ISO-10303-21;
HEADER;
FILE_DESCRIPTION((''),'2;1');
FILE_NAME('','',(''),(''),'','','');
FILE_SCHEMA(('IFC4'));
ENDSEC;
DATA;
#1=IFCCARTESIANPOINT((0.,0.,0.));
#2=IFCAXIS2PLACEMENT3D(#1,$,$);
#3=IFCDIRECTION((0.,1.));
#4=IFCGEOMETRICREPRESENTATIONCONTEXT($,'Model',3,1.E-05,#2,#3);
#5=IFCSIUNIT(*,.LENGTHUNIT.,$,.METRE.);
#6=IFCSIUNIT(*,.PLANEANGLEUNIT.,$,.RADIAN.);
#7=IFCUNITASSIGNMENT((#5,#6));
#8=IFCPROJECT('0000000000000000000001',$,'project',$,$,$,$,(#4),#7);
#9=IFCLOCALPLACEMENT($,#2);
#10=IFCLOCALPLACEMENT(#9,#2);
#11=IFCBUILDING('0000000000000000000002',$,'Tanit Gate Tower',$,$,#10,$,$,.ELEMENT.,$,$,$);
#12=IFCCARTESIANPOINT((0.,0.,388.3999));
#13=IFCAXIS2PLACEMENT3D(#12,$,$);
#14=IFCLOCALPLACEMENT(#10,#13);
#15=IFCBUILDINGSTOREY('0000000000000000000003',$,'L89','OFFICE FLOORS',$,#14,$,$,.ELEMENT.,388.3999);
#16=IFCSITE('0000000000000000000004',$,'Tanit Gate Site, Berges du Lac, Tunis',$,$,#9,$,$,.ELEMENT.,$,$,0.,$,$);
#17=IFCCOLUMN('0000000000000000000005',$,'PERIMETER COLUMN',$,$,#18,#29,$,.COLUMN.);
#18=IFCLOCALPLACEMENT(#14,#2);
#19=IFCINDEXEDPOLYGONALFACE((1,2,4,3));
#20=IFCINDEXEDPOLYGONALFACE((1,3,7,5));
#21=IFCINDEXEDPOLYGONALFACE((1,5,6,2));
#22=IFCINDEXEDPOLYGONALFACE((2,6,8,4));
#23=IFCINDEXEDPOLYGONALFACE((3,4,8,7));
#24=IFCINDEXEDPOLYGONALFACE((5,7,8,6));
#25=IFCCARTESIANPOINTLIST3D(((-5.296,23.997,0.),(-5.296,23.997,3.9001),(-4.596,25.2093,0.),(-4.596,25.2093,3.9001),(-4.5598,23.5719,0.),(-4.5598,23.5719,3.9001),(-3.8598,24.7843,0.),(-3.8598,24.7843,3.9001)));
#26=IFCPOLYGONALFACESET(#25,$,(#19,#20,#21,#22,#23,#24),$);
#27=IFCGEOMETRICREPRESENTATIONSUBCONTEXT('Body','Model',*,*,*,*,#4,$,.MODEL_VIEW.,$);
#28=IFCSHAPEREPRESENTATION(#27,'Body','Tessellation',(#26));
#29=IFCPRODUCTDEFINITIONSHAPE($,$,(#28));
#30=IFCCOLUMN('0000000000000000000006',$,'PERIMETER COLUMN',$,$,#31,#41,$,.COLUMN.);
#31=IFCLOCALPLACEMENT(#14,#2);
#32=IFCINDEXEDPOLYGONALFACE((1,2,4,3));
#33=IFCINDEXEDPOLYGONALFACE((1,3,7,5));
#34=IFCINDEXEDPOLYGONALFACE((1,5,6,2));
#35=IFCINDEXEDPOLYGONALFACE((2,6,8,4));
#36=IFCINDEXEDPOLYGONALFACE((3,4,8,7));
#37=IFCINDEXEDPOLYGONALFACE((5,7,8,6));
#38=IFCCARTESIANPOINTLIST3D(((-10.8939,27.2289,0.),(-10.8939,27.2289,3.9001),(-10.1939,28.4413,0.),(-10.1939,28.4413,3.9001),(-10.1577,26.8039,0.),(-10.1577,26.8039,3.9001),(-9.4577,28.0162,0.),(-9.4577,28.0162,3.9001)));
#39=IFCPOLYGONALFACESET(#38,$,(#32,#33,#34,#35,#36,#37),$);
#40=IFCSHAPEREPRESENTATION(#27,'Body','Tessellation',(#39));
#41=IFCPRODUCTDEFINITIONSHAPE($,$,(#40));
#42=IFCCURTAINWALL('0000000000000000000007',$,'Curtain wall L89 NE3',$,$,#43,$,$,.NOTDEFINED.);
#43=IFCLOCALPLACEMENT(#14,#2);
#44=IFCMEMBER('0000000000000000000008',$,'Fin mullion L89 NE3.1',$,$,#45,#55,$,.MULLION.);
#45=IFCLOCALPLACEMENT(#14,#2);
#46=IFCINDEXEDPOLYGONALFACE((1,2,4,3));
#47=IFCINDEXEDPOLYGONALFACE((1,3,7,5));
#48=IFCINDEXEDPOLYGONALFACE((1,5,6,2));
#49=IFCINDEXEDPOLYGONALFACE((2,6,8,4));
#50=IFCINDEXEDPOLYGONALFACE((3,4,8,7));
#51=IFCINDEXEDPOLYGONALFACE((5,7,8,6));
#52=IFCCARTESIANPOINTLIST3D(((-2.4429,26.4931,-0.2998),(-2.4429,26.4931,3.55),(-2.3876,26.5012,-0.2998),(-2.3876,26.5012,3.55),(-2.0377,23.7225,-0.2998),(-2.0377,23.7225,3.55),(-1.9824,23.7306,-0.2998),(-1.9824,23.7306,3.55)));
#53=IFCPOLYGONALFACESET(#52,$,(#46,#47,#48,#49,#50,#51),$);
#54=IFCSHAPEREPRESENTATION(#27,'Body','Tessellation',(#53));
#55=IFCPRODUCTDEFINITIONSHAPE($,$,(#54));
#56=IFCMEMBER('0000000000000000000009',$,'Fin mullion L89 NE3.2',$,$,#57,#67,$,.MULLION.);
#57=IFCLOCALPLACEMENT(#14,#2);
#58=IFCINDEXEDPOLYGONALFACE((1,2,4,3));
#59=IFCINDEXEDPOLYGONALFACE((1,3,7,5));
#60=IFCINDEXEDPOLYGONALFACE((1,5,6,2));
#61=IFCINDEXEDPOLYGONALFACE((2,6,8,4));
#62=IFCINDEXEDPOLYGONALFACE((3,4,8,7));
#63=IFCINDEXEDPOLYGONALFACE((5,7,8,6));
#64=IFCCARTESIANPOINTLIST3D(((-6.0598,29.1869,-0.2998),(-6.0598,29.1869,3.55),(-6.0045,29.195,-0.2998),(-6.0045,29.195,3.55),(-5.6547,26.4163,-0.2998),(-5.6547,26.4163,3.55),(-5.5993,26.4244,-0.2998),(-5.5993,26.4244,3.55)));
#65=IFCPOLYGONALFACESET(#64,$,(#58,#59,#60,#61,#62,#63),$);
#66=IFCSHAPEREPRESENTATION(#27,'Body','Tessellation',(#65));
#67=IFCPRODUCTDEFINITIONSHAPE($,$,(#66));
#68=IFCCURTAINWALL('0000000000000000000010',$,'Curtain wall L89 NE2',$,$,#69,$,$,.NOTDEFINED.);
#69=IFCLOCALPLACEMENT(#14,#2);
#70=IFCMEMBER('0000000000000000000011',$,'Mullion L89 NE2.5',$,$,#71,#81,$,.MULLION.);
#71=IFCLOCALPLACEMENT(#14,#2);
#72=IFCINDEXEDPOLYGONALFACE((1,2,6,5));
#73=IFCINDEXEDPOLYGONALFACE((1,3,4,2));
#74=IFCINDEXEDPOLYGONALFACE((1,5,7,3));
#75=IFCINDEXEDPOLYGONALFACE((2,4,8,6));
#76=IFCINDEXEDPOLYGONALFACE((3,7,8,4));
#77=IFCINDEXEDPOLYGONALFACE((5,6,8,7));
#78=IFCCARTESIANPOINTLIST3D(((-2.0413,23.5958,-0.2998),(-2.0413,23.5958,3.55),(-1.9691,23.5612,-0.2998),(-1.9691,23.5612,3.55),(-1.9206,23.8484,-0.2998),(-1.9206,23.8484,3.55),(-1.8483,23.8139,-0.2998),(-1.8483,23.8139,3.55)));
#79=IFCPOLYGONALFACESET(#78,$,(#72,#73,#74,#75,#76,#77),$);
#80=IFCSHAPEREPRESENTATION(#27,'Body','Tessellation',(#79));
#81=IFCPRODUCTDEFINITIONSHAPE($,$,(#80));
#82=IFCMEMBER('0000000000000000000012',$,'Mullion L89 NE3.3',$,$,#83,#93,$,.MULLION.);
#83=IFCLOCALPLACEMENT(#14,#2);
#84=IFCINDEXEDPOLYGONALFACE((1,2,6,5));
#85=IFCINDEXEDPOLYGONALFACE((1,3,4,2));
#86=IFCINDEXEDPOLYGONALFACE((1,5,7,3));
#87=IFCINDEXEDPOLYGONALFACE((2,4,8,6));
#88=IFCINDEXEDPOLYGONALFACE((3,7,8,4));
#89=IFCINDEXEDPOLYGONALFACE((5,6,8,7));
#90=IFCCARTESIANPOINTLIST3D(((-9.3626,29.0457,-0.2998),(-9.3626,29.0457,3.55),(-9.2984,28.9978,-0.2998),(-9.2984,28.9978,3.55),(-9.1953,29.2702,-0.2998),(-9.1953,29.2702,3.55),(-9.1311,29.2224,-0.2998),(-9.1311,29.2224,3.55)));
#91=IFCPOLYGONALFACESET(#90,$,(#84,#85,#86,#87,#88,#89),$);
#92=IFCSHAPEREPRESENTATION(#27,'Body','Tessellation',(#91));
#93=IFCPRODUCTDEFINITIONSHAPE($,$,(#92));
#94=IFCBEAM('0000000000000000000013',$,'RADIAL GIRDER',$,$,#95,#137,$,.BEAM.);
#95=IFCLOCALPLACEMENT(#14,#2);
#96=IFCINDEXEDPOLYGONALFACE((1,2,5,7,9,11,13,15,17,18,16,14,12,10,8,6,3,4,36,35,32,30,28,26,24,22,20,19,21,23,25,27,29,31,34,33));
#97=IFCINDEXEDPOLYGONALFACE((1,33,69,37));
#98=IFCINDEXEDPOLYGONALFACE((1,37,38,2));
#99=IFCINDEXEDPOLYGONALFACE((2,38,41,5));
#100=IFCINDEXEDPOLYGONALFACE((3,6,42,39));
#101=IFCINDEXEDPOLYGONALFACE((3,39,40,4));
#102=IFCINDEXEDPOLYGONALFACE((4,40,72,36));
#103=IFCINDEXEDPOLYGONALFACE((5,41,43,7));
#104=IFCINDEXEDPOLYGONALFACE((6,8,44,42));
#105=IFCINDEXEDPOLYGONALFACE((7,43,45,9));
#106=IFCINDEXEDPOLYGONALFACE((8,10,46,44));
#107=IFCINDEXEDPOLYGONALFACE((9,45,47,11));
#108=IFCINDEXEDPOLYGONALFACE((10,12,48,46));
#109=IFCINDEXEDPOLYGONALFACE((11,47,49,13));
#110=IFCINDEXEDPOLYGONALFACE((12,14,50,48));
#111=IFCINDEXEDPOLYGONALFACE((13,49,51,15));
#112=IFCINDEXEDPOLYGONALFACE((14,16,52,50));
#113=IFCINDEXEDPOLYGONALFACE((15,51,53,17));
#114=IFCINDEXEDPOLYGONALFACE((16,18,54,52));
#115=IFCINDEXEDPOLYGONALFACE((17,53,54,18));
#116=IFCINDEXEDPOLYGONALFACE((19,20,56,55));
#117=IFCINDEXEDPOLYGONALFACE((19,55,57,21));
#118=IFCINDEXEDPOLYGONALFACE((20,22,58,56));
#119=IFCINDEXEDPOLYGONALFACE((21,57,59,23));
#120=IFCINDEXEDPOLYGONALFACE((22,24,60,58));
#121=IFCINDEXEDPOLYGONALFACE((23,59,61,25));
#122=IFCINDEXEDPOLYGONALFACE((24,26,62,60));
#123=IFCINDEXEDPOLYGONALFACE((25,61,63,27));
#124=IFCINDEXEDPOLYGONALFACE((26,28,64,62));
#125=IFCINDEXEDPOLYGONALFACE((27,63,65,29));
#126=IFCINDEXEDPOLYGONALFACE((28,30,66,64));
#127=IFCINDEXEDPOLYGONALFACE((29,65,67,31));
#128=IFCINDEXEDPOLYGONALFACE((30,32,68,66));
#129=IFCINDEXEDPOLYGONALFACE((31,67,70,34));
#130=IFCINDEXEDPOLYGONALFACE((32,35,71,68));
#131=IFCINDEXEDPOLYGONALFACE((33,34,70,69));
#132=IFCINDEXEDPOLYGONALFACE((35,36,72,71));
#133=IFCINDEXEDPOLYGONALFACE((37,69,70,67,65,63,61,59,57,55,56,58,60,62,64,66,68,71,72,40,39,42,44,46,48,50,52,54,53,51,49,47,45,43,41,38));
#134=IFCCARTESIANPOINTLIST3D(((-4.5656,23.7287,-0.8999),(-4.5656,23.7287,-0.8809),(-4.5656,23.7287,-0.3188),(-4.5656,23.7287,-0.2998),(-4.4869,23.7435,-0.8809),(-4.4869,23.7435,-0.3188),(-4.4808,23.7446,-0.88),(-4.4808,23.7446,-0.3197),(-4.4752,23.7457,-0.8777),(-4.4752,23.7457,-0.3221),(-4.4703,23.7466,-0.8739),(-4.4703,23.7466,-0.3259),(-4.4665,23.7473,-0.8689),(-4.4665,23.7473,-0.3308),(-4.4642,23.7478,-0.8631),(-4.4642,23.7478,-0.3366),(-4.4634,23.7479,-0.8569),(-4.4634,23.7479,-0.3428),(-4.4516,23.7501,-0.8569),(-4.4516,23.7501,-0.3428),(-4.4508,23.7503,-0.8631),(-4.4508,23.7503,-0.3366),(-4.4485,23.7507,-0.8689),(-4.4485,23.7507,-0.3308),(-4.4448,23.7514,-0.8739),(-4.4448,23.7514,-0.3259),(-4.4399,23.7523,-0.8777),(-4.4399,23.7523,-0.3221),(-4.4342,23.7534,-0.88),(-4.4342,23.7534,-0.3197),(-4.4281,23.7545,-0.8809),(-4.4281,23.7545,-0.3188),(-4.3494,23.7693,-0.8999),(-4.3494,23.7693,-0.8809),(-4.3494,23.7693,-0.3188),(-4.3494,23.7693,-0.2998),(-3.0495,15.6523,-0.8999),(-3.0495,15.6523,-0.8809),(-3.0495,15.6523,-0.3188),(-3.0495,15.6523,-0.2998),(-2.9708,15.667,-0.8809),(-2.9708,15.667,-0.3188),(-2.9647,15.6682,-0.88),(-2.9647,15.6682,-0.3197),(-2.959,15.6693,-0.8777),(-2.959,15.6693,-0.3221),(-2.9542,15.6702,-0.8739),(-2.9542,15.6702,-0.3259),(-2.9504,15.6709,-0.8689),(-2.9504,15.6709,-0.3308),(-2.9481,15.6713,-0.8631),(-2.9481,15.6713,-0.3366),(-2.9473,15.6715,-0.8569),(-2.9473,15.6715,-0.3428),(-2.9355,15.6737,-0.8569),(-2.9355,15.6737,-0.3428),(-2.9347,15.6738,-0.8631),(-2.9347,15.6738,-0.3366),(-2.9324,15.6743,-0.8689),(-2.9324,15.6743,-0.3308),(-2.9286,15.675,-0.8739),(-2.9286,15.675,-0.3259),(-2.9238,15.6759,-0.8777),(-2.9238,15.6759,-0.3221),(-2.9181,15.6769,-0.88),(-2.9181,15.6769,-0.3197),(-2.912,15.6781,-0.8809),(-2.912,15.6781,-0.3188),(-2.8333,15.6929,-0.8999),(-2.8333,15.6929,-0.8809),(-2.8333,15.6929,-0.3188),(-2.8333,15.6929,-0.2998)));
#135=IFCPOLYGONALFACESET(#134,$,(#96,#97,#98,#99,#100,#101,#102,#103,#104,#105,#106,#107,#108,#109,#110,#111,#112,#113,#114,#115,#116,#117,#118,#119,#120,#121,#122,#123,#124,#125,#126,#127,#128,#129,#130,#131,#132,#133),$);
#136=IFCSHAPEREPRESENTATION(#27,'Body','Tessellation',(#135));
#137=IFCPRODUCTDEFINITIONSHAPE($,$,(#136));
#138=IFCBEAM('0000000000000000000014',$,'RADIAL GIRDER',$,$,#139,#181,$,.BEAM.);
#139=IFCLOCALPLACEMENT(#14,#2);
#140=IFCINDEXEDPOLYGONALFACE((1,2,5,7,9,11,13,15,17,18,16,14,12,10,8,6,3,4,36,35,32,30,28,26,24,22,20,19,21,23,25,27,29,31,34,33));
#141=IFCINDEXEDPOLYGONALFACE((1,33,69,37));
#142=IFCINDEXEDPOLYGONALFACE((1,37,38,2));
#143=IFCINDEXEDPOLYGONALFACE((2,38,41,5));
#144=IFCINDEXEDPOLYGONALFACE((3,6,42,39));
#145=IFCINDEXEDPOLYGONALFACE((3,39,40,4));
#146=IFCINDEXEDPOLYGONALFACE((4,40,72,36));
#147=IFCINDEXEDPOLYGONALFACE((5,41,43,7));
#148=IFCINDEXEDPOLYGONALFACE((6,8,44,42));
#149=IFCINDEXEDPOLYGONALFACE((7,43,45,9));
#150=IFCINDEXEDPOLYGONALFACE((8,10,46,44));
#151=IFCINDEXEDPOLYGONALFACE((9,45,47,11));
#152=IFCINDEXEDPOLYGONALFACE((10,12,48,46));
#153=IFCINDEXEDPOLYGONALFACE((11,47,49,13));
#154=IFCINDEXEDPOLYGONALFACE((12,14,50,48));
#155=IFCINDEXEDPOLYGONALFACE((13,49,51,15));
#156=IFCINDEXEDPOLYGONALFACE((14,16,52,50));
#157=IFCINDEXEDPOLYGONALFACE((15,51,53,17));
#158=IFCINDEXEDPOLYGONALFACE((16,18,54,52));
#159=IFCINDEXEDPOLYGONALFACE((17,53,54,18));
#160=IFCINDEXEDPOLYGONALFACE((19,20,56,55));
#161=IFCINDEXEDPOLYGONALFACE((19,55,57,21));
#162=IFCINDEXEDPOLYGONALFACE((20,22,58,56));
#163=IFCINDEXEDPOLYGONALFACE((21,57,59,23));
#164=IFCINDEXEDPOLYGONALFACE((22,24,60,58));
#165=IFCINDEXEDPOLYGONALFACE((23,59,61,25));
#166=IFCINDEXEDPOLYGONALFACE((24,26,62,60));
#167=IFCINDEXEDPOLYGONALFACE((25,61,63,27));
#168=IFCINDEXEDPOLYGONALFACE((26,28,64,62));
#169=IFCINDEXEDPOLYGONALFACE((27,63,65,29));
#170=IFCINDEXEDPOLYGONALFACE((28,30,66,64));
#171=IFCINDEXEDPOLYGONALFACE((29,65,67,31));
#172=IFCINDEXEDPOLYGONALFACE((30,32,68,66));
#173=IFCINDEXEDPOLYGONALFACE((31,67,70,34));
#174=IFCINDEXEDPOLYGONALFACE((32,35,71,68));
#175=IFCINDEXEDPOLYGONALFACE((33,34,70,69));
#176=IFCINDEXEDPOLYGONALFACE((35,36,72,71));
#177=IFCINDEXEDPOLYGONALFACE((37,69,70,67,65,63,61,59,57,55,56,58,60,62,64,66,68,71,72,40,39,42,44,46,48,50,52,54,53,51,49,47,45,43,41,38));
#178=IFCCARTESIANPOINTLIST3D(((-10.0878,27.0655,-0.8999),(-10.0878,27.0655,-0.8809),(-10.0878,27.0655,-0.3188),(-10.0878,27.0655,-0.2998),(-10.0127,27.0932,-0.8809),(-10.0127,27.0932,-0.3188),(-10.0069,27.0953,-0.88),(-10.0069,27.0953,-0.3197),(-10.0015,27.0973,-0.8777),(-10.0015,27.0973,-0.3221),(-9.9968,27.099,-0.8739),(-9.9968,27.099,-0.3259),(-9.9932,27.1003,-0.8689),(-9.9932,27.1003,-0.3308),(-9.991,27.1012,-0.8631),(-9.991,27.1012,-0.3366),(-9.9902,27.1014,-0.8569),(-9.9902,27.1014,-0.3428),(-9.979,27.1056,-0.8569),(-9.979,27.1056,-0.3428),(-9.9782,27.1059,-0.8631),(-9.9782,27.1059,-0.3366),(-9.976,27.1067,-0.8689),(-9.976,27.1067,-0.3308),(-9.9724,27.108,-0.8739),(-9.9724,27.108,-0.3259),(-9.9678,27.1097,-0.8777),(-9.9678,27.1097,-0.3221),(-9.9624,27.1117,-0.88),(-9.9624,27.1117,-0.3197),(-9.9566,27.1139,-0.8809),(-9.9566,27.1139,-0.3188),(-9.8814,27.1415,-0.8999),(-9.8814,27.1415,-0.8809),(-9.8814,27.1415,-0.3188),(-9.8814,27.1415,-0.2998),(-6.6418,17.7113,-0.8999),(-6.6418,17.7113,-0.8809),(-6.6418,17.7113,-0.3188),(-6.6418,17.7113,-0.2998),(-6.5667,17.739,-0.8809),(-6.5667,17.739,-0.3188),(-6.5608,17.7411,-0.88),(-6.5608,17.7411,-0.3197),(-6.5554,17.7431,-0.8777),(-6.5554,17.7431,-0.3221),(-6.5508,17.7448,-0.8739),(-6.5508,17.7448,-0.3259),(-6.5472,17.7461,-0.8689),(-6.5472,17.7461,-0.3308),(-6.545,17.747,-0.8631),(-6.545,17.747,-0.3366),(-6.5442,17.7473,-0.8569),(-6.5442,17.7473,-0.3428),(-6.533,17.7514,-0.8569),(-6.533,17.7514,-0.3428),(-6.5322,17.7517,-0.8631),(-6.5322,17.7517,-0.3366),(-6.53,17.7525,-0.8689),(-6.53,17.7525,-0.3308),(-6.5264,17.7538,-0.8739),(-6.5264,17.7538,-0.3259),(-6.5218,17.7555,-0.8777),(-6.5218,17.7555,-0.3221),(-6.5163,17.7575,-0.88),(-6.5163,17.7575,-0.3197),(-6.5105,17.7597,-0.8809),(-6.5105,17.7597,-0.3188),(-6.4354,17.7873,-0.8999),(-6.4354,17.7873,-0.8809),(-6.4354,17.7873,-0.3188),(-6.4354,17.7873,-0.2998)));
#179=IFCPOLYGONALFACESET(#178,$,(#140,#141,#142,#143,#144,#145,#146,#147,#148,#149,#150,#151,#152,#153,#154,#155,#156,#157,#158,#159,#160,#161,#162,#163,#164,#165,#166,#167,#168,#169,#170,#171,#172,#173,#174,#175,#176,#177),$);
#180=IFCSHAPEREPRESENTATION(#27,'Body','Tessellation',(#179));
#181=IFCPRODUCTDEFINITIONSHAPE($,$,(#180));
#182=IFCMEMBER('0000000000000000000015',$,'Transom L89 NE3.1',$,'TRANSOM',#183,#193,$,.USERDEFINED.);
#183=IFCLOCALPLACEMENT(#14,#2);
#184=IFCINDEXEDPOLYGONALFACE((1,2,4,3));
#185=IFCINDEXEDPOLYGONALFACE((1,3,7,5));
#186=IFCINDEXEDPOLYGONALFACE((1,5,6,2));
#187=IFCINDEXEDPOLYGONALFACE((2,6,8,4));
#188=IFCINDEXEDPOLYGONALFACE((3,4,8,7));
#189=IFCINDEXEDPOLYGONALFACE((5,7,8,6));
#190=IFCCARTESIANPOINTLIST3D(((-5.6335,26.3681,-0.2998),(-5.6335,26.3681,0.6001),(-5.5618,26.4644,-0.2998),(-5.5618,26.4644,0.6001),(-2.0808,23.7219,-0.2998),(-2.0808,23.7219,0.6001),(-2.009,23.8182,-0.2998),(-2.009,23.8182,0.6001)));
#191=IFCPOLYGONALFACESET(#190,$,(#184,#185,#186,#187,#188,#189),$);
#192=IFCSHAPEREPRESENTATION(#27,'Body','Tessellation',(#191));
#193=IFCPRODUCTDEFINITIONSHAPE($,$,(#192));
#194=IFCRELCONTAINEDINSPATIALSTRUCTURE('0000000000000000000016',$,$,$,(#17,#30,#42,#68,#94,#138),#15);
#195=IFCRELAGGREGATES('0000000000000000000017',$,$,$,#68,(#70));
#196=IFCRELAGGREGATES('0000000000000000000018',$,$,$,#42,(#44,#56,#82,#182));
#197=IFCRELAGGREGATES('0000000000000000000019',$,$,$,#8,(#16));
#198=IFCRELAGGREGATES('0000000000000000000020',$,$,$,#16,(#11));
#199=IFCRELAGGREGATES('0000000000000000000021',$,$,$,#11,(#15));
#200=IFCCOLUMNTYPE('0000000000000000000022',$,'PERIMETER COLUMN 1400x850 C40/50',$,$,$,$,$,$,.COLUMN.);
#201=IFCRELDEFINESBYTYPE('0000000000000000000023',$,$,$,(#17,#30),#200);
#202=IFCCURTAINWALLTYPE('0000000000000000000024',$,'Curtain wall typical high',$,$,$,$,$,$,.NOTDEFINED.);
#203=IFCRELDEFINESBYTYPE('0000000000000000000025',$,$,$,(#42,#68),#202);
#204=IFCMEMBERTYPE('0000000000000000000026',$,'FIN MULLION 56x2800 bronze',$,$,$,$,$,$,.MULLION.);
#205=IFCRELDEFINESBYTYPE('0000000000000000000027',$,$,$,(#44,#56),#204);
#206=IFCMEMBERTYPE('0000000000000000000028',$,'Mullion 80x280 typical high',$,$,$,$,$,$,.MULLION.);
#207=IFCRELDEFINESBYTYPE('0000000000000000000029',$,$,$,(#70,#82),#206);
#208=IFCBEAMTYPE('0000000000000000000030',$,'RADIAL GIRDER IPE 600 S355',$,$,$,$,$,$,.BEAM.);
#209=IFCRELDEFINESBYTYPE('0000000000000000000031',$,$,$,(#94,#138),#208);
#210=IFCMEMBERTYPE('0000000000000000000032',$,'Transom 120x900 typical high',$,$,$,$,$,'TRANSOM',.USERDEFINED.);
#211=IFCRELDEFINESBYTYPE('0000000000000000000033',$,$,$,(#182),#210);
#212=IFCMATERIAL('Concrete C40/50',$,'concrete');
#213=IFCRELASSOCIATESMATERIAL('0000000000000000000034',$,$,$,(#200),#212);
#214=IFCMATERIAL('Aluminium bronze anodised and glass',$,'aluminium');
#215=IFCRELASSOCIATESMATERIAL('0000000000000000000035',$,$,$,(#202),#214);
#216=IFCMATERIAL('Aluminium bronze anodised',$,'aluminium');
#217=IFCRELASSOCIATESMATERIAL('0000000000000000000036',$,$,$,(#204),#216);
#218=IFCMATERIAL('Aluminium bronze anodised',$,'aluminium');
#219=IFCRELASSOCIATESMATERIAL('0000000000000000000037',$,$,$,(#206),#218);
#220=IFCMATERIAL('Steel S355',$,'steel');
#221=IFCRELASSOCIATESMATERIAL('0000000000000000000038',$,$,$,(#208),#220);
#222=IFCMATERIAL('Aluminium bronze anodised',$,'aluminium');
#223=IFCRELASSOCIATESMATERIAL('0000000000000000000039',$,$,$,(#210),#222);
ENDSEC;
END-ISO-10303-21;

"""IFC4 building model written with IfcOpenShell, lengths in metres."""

from ifc_helpers import new_model, si_unit, direction, frame, origin, origin_2d, place, context, subcontext, project, spatial, rectangle, i_section, extrude, material, material_profile, profile_set, type_object, element, aggregate, save


model = new_model("IFC4")

# Units and contexts
model_context = context("Model", 3, precision=1e-05, world=origin(), true_north=direction((0.0, 1.0)))
body_context = subcontext(model_context, "Body", "Model", "MODEL_VIEW")
ifc_project = project(units=[si_unit("LENGTHUNIT", "METRE"), si_unit("PLANEANGLEUNIT", "RADIAN")], contexts=[model_context])

# Site, building, storey
site_placement = place(None, origin())
site = spatial("IfcSite", under=ifc_project, at=site_placement, Name="Tanit Gate Site, Berges du Lac, Tunis", CompositionType="ELEMENT", RefElevation=0.0)
building_placement = place(site_placement, origin())
building = spatial("IfcBuilding", under=site, at=building_placement, Name="Tanit Gate Tower", CompositionType="ELEMENT")
storey_placement = place(building_placement, frame((0.0, 0.0, 388.3999)))
storey = spatial("IfcBuildingStorey", under=building, at=storey_placement, Name="L89", Description="OFFICE FLOORS", CompositionType="ELEMENT", Elevation=388.3999)

# Columns
ifc_material_1 = material(Name="Concrete C40/50", Category="concrete")
ifc_material_profile_1 = material_profile(ifc_material_1, rectangle(XDim=1.3999, YDim=0.8501, at=origin_2d()), Name="RC 1400x850")
ifc_profile_set_1 = profile_set([ifc_material_profile_1], Name="Concrete C40/50")
column_type = type_object("IfcColumnType", Name="PERIMETER COLUMN 1400x850 C40/50", PredefinedType="COLUMN", material=ifc_profile_set_1)
for number, where, z_axis, x_axis, name in (
    (1, (-4.5779, 24.3906, 0.0), (0.0, 0.0, 1.0), (0.5, 0.866025, 0.0), "PERIMETER COLUMN"),
    (2, (-10.1758, 27.6226, 0.0), (0.0, 0.0, 1.0), (0.5, 0.866025, 0.0), "PERIMETER COLUMN"),
):
    element("IfcColumn", number, at=place(storey_placement, frame(where, z_axis=z_axis, x_axis=x_axis)), inside=storey, type_object=column_type, Name=name, PredefinedType="COLUMN", context=body_context, shape_type="SweptSolid", body=[
        extrude(rectangle(XDim=1.3999, YDim=0.8501, at=origin_2d()), origin(), (0.0, 0.0, 1.0), 3.9001),
    ])

# Curtain wall, members
ifc_material_2 = material(Name="Aluminium bronze anodised and glass", Category="aluminium")
curtain_wall_type = type_object("IfcCurtainWallType", Name="Curtain wall typical high", PredefinedType="NOTDEFINED", material=ifc_material_2)
curtain_wall_1_placement = place(storey_placement, origin())
curtain_wall_1 = element("IfcCurtainWall", 3, at=curtain_wall_1_placement, inside=storey, type_object=curtain_wall_type, Name="Curtain wall L89 NE3", PredefinedType="NOTDEFINED")
ifc_material_3 = material(Name="Aluminium bronze anodised", Category="aluminium")
ifc_material_profile_2 = material_profile(ifc_material_3, rectangle(XDim=2.8, YDim=0.0559, at=origin_2d()), Name="56x2800 bronze fin mullion")
ifc_profile_set_2 = profile_set([ifc_material_profile_2], Name="Aluminium bronze anodised")
member_type_1 = type_object("IfcMemberType", Name="FIN MULLION 56x2800 bronze", PredefinedType="MULLION", material=ifc_profile_set_2)
member_1_placement = place(storey_placement, frame((-2.2126, 25.1118, -0.2998), z_axis=(0.0, 0.0, 1.0), x_axis=(0.144707, -0.989474, 0.0)))
member_1 = element("IfcMember", 4, at=member_1_placement, type_object=member_type_1, Name="Fin mullion L89 NE3.1", PredefinedType="MULLION", context=body_context, shape_type="SweptSolid", body=[
    extrude(rectangle(XDim=2.8, YDim=0.0559, at=origin_2d()), origin(), (0.0, 0.0, 1.0), 3.8499),
])
member_2_placement = place(storey_placement, frame((-5.8296, 27.8057, -0.2998), z_axis=(0.0, 0.0, 1.0), x_axis=(0.144707, -0.989474, 0.0)))
member_2 = element("IfcMember", 5, at=member_2_placement, type_object=member_type_1, Name="Fin mullion L89 NE3.2", PredefinedType="MULLION", context=body_context, shape_type="SweptSolid", body=[
    extrude(rectangle(XDim=2.8, YDim=0.0559, at=origin_2d()), origin(), (0.0, 0.0, 1.0), 3.8499),
])

# Curtain wall, member
curtain_wall_2_placement = place(storey_placement, origin())
curtain_wall_2 = element("IfcCurtainWall", 6, at=curtain_wall_2_placement, inside=storey, type_object=curtain_wall_type, Name="Curtain wall L89 NE2", PredefinedType="NOTDEFINED")
ifc_material_4 = material(Name="Aluminium bronze anodised", Category="aluminium")
ifc_material_profile_3 = material_profile(ifc_material_4, rectangle(XDim=0.28, YDim=0.0801, at=origin_2d()), Name="80x280 bronze mullion")
ifc_profile_set_3 = profile_set([ifc_material_profile_3], Name="Aluminium bronze anodised")
member_type_2 = type_object("IfcMemberType", Name="Mullion 80x280 typical high", PredefinedType="MULLION", material=ifc_profile_set_3)
member_3_placement = place(storey_placement, frame((-1.9448, 23.7048, -0.2998), z_axis=(0.0, 0.0, 1.0), x_axis=(-0.431073, -0.902317, 0.0)))
member_3 = element("IfcMember", 7, at=member_3_placement, type_object=member_type_2, Name="Mullion L89 NE2.5", PredefinedType="MULLION", context=body_context, shape_type="SweptSolid", body=[
    extrude(rectangle(XDim=0.28, YDim=0.0801, at=origin_2d()), origin(), (0.0, 0.0, 1.0), 3.8499),
])
aggregate(curtain_wall_2, [member_3])

# Member
member_4_placement = place(storey_placement, frame((-9.2468, 29.134, -0.2998), z_axis=(0.0, 0.0, 1.0), x_axis=(-0.597341, -0.801988, 0.0)))
member_4 = element("IfcMember", 8, at=member_4_placement, type_object=member_type_2, Name="Mullion L89 NE3.3", PredefinedType="MULLION", context=body_context, shape_type="SweptSolid", body=[
    extrude(rectangle(XDim=0.28, YDim=0.0801, at=origin_2d()), origin(), (0.0, 0.0, 1.0), 3.8499),
])

# Beams
ifc_material_5 = material(Name="Steel S355", Category="steel")
ifc_material_profile_4 = material_profile(ifc_material_5, i_section(OverallWidth=0.22, OverallDepth=0.6001, WebThickness=0.012, FlangeThickness=0.019, FilletRadius=0.0239, at=origin_2d()), Name="IPE 600")
ifc_profile_set_4 = profile_set([ifc_material_profile_4], Name="Steel S355")
beam_type = type_object("IfcBeamType", Name="RADIAL GIRDER IPE 600 S355", PredefinedType="BEAM", material=ifc_profile_set_4)
beam_1_placement = place(storey_placement, frame((-4.4575, 23.749, -0.5999), z_axis=(0.184498, -0.982833, 0.0), x_axis=(0.982833, 0.184498, 0.0)))
element("IfcBeam", 9, at=beam_1_placement, inside=storey, type_object=beam_type, Name="RADIAL GIRDER", PredefinedType="BEAM", context=body_context, shape_type="SweptSolid", body=[
    extrude(i_section(OverallWidth=0.22, OverallDepth=0.6001, WebThickness=0.012, FlangeThickness=0.019, FilletRadius=0.0239, at=origin_2d()), origin(), (0.0, 0.0, 1.0), 8.2175),
])
beam_2_placement = place(storey_placement, frame((-9.9846, 27.1035, -0.5999), z_axis=(0.345683, -0.938351, 0.0), x_axis=(0.938351, 0.345683, 0.0)))
element("IfcBeam", 10, at=beam_2_placement, inside=storey, type_object=beam_type, Name="RADIAL GIRDER", PredefinedType="BEAM", context=body_context, shape_type="SweptSolid", body=[
    extrude(i_section(OverallWidth=0.22, OverallDepth=0.6001, WebThickness=0.012, FlangeThickness=0.019, FilletRadius=0.0239, at=origin_2d()), origin(), (0.0, 0.0, 1.0), 9.9688),
])

# Member
ifc_material_6 = material(Name="Aluminium bronze anodised", Category="aluminium")
ifc_material_profile_5 = material_profile(ifc_material_6, rectangle(XDim=0.1201, YDim=0.8999, at=origin_2d()), Name="120x900 bronze transom")
ifc_profile_set_5 = profile_set([ifc_material_profile_5], Name="Aluminium bronze anodised")
member_type_3 = type_object("IfcMemberType", Name="Transom 120x900 typical high", ElementType="TRANSOM", PredefinedType="USERDEFINED", material=ifc_profile_set_5)
member_5_placement = place(storey_placement, frame((-2.0449, 23.77, 0.1501), z_axis=(-0.80198, 0.597351, 0.0), x_axis=(-0.597351, -0.80198, 0.0)))
member_5 = element("IfcMember", 11, at=member_5_placement, type_object=member_type_3, Name="Transom L89 NE3.1", ObjectType="TRANSOM", PredefinedType="USERDEFINED", context=body_context, shape_type="SweptSolid", body=[
    extrude(rectangle(XDim=0.1201, YDim=0.8999, at=origin_2d()), origin(), (0.0, 0.0, 1.0), 4.4299),
])

aggregate(curtain_wall_1, [member_1, member_2, member_4, member_5])

save(model, "model.ifc")
